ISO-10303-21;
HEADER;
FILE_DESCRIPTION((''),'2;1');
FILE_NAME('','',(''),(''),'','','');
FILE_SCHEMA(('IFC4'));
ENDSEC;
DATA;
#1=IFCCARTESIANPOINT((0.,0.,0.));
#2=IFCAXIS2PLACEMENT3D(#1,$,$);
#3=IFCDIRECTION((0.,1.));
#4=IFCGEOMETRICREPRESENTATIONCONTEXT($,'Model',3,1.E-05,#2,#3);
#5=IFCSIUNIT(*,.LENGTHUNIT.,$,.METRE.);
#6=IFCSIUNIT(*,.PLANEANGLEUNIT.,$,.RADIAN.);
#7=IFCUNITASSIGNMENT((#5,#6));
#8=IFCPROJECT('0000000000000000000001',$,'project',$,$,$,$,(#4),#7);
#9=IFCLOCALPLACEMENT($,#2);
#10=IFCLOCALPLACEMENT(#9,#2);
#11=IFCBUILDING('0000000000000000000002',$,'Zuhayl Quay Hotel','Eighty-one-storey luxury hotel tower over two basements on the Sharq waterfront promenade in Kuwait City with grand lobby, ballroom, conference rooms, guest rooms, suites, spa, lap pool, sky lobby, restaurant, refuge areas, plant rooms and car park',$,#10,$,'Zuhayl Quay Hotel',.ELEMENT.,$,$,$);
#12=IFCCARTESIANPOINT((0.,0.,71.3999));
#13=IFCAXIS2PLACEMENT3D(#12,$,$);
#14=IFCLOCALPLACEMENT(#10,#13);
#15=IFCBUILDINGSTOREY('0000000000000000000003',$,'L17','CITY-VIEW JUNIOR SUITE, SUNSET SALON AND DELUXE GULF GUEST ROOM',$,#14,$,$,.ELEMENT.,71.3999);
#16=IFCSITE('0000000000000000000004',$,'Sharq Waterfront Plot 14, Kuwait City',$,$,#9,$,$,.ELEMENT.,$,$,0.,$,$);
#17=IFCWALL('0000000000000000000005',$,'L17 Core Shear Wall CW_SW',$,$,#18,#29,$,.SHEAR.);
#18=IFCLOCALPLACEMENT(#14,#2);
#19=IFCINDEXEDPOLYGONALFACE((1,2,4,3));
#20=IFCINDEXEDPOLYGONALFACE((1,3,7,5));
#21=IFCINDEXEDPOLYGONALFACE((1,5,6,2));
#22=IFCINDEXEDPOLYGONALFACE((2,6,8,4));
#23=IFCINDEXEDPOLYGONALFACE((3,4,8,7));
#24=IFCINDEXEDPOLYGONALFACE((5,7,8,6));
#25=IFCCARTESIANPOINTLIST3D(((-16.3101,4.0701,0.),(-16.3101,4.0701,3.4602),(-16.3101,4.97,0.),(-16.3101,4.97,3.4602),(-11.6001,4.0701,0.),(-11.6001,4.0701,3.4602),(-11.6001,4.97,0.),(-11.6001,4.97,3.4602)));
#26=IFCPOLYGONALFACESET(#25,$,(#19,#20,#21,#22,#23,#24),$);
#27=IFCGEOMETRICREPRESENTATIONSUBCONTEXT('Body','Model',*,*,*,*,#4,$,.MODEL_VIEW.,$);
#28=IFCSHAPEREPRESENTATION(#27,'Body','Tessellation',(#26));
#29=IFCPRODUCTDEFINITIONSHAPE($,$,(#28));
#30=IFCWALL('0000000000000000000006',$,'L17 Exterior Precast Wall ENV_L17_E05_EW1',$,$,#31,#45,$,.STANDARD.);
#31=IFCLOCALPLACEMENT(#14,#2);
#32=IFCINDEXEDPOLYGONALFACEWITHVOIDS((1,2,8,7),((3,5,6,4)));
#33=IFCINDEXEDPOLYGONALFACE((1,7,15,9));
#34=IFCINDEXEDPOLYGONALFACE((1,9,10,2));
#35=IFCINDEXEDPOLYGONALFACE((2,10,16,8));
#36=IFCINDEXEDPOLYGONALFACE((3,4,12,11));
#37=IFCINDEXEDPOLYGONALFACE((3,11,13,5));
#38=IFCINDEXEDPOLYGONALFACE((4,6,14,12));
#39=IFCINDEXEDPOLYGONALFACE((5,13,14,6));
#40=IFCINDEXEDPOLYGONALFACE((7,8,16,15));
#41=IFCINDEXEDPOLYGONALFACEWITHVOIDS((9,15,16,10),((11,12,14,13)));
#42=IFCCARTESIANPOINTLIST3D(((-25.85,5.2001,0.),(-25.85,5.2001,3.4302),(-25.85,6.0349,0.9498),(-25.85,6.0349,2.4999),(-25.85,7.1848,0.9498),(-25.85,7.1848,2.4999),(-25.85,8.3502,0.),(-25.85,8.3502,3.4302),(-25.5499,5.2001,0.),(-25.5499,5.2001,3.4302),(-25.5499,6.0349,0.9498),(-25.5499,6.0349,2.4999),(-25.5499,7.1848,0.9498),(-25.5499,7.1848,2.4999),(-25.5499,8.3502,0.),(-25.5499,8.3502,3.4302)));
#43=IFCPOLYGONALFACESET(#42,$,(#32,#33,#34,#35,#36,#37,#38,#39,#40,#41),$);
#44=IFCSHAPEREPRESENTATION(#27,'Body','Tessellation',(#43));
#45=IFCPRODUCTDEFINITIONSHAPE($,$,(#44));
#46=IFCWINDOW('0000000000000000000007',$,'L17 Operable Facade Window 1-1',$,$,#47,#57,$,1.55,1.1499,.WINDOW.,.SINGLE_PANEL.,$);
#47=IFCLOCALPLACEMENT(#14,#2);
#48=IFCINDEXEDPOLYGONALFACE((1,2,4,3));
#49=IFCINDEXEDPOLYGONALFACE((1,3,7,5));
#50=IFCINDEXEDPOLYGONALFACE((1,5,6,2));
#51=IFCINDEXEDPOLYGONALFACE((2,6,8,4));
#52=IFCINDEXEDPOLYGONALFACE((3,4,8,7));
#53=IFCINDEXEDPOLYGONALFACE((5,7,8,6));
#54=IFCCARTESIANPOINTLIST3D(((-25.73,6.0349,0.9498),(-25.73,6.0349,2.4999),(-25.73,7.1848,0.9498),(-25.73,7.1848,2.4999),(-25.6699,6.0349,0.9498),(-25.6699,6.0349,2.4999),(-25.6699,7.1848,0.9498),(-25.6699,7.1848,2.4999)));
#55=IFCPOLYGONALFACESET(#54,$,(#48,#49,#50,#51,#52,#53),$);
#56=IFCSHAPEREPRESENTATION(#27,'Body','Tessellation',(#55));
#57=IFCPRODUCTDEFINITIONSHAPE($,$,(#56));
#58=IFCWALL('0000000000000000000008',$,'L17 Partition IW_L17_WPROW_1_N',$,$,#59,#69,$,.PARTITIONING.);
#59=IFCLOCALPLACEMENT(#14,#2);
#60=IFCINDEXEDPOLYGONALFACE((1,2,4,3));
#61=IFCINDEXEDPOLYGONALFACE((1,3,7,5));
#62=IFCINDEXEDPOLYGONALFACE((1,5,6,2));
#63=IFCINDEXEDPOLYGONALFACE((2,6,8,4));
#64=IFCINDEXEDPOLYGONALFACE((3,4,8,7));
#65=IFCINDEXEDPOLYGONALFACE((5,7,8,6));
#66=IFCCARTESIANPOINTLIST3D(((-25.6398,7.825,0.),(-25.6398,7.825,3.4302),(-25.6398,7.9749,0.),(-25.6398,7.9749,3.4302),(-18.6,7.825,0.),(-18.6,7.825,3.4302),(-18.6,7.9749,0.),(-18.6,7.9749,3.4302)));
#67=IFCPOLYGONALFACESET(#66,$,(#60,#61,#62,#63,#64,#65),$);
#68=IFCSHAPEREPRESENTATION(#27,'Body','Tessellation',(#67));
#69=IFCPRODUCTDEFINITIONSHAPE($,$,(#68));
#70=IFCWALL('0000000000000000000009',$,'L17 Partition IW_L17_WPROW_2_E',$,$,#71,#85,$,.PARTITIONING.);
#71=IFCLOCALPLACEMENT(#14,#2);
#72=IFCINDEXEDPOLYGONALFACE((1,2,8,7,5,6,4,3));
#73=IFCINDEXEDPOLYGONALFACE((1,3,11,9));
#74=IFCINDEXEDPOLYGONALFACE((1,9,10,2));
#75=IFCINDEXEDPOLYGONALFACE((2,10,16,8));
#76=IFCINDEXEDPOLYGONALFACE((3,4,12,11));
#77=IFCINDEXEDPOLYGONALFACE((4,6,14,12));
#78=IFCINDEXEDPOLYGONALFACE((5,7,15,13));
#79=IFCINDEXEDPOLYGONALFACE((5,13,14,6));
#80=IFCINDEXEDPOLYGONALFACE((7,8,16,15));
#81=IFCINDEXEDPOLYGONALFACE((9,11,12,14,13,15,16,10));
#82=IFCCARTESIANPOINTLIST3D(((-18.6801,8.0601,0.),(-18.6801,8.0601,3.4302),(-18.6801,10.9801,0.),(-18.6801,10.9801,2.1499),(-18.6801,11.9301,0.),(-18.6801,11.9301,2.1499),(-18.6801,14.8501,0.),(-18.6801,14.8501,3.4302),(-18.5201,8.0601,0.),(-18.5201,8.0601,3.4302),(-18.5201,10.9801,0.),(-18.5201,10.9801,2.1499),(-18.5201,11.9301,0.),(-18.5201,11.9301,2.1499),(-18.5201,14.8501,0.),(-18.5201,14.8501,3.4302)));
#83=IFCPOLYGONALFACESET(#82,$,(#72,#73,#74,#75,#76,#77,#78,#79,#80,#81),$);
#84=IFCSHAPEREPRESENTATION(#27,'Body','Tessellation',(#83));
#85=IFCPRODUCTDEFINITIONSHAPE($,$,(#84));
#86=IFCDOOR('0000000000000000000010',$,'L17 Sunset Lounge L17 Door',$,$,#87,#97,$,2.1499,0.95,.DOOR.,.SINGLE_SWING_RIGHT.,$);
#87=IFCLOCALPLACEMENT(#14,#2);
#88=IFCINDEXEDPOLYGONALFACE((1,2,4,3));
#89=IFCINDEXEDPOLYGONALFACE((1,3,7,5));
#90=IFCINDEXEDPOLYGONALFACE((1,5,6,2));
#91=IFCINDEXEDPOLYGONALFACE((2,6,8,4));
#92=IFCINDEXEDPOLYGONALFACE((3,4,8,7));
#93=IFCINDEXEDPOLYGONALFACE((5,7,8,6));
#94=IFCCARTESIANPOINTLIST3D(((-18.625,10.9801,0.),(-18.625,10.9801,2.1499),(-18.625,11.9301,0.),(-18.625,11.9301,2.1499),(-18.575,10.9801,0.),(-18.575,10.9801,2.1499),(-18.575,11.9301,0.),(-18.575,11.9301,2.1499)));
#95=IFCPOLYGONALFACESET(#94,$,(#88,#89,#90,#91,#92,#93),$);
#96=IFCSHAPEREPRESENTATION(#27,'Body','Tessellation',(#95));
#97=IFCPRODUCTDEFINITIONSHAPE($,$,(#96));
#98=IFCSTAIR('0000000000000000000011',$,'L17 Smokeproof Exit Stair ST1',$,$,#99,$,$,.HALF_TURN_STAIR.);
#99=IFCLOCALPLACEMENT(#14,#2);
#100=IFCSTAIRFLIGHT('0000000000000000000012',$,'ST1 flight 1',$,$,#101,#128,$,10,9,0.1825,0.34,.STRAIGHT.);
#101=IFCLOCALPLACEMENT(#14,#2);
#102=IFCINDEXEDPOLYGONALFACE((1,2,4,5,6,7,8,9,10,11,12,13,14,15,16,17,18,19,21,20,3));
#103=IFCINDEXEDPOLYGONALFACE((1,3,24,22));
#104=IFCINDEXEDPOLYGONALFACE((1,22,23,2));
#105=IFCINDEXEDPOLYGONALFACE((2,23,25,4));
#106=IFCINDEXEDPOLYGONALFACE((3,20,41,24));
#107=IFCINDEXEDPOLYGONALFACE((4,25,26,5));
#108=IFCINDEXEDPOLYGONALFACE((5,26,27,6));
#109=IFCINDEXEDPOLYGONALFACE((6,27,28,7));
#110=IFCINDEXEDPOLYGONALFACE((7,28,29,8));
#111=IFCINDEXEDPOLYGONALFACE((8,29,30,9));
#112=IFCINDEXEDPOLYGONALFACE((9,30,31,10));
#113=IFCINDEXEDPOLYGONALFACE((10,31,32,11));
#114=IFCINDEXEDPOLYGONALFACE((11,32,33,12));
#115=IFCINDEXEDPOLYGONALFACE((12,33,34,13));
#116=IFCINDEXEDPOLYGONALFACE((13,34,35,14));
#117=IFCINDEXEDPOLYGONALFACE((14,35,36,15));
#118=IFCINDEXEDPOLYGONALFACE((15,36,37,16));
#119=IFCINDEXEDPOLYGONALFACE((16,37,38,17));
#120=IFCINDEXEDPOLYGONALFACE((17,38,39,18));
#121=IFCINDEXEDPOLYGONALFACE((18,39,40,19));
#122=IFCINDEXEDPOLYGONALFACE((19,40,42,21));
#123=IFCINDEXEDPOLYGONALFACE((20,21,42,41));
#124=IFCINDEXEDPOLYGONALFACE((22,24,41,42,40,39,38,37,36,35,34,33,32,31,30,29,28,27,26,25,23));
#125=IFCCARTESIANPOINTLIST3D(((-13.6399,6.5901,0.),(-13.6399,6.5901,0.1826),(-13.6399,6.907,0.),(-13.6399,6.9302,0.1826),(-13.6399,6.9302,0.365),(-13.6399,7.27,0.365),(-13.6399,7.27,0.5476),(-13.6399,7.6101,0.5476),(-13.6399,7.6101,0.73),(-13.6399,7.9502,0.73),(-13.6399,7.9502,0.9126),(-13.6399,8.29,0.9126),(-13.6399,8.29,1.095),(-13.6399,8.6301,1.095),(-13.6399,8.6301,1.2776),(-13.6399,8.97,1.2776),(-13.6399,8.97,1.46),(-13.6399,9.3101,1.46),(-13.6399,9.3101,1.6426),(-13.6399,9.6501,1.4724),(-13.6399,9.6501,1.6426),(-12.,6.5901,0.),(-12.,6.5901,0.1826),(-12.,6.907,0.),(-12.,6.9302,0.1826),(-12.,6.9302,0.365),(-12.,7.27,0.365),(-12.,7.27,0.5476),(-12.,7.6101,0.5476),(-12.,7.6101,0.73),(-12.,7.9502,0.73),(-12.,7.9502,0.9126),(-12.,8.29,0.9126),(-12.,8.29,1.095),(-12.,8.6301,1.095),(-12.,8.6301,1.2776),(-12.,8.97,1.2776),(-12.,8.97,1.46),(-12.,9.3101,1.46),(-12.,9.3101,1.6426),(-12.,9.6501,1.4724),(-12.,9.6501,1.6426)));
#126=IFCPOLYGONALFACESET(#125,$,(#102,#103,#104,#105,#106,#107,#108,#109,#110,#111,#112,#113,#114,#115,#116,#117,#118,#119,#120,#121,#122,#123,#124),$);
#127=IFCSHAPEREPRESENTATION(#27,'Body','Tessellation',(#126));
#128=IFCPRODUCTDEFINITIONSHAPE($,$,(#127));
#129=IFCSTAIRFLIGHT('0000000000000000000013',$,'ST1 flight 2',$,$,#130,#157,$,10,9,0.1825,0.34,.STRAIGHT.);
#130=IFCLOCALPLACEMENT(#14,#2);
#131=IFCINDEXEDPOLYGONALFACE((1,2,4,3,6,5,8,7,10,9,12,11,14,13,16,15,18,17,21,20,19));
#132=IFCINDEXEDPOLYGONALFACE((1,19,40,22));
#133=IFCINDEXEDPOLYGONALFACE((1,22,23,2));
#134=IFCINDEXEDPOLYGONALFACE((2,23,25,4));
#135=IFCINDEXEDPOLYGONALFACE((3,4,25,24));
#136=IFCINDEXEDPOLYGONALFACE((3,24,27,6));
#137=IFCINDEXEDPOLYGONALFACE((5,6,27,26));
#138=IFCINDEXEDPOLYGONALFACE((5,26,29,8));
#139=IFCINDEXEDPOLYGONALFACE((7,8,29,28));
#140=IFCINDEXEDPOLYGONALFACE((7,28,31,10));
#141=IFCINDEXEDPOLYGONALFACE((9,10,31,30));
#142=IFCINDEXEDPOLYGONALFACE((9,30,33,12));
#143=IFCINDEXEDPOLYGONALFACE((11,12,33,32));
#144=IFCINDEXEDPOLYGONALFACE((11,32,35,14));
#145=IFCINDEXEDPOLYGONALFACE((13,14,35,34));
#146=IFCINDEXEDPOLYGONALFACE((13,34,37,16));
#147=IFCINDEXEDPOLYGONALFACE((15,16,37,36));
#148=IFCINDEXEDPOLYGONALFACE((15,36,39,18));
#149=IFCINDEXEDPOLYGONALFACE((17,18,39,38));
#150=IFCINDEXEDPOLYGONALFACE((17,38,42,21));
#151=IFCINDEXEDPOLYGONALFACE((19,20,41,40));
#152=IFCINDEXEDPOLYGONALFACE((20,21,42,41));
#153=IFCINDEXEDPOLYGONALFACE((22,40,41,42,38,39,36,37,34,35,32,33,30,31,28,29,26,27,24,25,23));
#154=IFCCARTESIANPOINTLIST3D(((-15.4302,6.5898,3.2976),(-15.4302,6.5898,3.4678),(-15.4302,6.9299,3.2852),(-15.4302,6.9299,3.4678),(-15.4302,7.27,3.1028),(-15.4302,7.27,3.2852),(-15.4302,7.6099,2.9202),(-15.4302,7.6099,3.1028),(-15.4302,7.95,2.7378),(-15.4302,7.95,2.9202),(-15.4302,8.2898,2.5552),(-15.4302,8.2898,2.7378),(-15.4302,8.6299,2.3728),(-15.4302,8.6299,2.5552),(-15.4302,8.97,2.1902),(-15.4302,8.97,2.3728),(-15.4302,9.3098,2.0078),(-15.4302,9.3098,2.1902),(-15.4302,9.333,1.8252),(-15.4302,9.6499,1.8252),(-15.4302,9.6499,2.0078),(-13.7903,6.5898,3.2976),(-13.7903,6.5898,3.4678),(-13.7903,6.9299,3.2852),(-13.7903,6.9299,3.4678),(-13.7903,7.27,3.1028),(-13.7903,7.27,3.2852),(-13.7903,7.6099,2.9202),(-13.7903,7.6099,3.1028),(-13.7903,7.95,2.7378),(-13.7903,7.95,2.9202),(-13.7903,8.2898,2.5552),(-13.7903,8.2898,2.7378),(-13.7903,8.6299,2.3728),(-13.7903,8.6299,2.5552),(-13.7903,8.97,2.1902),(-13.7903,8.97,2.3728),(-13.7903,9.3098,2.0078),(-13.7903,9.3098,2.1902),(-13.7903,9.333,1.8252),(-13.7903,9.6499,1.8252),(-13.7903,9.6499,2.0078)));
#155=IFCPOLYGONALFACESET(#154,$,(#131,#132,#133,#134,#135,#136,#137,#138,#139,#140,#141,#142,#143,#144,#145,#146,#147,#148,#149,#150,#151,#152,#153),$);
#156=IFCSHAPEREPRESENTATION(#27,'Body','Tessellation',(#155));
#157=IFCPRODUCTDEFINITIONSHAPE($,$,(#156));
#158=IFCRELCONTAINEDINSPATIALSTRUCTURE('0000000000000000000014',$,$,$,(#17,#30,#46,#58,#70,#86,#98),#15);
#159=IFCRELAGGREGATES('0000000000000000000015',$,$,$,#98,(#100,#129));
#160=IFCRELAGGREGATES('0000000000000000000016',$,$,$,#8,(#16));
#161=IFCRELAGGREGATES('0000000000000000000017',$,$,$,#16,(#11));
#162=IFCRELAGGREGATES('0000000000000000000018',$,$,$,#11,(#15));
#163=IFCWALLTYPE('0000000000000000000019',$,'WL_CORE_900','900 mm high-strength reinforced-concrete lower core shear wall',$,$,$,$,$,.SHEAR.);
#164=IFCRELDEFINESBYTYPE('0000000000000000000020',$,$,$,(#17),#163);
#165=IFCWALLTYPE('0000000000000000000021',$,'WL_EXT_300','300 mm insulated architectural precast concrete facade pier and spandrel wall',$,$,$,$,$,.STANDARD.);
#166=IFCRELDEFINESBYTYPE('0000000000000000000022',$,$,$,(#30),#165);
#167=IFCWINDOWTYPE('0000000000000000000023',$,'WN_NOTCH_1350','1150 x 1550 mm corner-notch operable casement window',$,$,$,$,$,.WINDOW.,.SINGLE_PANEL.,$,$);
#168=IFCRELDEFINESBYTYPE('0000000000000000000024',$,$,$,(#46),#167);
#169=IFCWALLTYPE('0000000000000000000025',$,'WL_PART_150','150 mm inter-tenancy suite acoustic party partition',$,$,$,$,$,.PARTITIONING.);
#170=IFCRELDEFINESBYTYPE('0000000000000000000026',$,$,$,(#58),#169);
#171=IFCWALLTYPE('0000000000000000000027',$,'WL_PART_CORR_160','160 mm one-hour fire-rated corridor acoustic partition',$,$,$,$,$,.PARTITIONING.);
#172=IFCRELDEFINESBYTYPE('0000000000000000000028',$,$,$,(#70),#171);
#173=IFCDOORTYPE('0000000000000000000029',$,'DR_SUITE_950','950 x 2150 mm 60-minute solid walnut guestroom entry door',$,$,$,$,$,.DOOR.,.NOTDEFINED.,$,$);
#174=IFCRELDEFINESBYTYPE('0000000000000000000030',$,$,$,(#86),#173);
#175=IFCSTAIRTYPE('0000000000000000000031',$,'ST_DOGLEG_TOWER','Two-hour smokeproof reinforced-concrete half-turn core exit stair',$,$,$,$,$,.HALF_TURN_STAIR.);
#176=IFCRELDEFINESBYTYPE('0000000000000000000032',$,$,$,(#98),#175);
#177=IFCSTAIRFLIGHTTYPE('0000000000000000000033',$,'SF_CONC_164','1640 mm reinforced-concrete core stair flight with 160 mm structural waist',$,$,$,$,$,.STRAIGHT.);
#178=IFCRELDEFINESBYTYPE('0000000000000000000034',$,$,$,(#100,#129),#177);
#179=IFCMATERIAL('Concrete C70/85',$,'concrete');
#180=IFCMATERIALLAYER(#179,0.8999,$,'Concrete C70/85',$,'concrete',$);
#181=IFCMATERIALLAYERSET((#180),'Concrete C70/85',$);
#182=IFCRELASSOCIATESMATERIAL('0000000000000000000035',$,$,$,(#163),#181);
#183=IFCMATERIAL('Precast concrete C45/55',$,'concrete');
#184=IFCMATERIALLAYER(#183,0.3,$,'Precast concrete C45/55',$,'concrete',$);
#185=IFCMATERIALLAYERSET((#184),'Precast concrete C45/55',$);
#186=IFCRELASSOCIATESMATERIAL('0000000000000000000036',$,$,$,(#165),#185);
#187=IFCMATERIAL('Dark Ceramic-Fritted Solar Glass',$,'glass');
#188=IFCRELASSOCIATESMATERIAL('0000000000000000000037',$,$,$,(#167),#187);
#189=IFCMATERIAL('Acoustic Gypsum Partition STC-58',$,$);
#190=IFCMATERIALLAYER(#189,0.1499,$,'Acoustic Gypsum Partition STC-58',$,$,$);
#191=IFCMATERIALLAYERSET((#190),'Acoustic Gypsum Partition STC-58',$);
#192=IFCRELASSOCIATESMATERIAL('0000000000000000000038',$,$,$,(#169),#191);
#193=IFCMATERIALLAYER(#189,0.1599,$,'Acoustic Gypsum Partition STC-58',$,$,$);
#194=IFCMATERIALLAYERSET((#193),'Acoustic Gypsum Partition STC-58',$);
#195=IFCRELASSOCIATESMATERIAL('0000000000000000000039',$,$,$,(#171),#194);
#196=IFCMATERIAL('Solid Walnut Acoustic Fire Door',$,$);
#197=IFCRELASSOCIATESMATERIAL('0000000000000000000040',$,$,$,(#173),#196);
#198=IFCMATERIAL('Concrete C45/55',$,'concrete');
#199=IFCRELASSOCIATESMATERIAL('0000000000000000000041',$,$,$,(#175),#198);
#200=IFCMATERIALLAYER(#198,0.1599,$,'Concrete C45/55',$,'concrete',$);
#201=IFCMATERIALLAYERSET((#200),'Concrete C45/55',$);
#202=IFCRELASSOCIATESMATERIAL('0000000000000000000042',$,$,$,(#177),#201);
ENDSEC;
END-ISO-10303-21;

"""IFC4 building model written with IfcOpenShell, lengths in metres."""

from ifc_helpers import new_model, si_unit, direction, frame, frame_2d, origin, place, context, subcontext, project, spatial, polyline, rectangle, outline, extrude, material, layer, layer_set, type_object, element, fill, aggregate, save


model = new_model("IFC4")

# Units and contexts
model_context = context("Model", 3, precision=1e-05, world=origin(), true_north=direction((0.0, 1.0)))
body_context = subcontext(model_context, "Body", "Model", "MODEL_VIEW")
ifc_project = project(units=[si_unit("LENGTHUNIT", "METRE"), si_unit("PLANEANGLEUNIT", "RADIAN")], contexts=[model_context])

# Site, building, storey
site_placement = place(None, origin())
site = spatial("IfcSite", under=ifc_project, at=site_placement, Name="Sharq Waterfront Plot 14, Kuwait City", CompositionType="ELEMENT", RefElevation=0.0)
building_placement = place(site_placement, origin())
building = spatial("IfcBuilding", under=site, at=building_placement, Name="Zuhayl Quay Hotel", Description="Eighty-one-storey luxury hotel tower over two basements on the Sharq waterfront promenade in Kuwait City with grand lobby, ballroom, conference rooms, guest rooms, suites, spa, lap pool, sky lobby, restaurant, refuge areas, plant rooms and car park", LongName="Zuhayl Quay Hotel", CompositionType="ELEMENT")
storey_placement = place(building_placement, frame((0.0, 0.0, 71.3999)))
storey = spatial("IfcBuildingStorey", under=building, at=storey_placement, Name="L17", Description="CITY-VIEW JUNIOR SUITE, SUNSET SALON AND DELUXE GULF GUEST ROOM", CompositionType="ELEMENT", Elevation=71.3999)

# Shared definitions
ifc_material_1 = material(Name="Concrete C70/85", Category="concrete")

# Shared definitions
ifc_material_2 = material(Name="Dark Ceramic-Fritted Solar Glass", Category="glass")

# Wall
ifc_layer_1 = layer(ifc_material_1, 0.8999, Name="Concrete C70/85", Category="concrete")
ifc_layer_set_1 = layer_set([ifc_layer_1], Name="Concrete C70/85")
wall_type_1 = type_object("IfcWallType", Name="WL_CORE_900", Description="900 mm high-strength reinforced-concrete lower core shear wall", PredefinedType="SHEAR", material=ifc_layer_set_1)
wall_1_placement = place(storey_placement, frame((-16.3101, 4.52, 0.0), z_axis=(0.0, 0.0, 1.0), x_axis=(1.0, 0.0, 0.0)))
element("IfcWall", 1, at=wall_1_placement, inside=storey, type_object=wall_type_1, Name="L17 Core Shear Wall CW_SW", PredefinedType="SHEAR", context=body_context, shape_type="SweptSolid", body=[
    extrude(rectangle(XDim=4.71, YDim=0.8999, at=frame_2d((2.355, 0.0))), origin(), (0.0, 0.0, 1.0), 3.4602),
])

# Wall, opening, window
ifc_material_3 = material(Name="Precast concrete C45/55", Category="concrete")
ifc_layer_2 = layer(ifc_material_3, 0.3, Name="Precast concrete C45/55", Category="concrete")
ifc_layer_set_2 = layer_set([ifc_layer_2], Name="Precast concrete C45/55")
wall_type_2 = type_object("IfcWallType", Name="WL_EXT_300", Description="300 mm insulated architectural precast concrete facade pier and spandrel wall", PredefinedType="STANDARD", material=ifc_layer_set_2)
wall_2_placement = place(storey_placement, frame((-25.7, 5.2, 0.0), z_axis=(0.0, 0.0, 1.0), x_axis=(0.0, 1.0, 0.0)))
wall_2 = element("IfcWall", 2, at=wall_2_placement, inside=storey, type_object=wall_type_2, Name="L17 Exterior Precast Wall ENV_L17_E05_EW1", PredefinedType="STANDARD", context=body_context, shape_type="SweptSolid", body=[
    extrude(rectangle(XDim=3.1501, YDim=0.3, at=frame_2d((1.5752, 0.0))), origin(), (0.0, 0.0, 1.0), 3.4302),
])
opening_1_placement = place(wall_2_placement, frame((0.835, 0.0, 0.95)))
opening_1 = element("IfcOpeningElement", 3, at=opening_1_placement, cuts=wall_2, PredefinedType="OPENING", context=body_context, shape_type="SweptSolid", body=[
    extrude(rectangle(XDim=1.1499, YDim=1.55, at=frame_2d((0.575, 0.7749))), frame((0.0, 0.1599, 0.0), z_axis=(0.0, -1.0, 0.0), x_axis=(1.0, 0.0, 0.0)), (0.0, 0.0, 1.0), 0.3201),
])
window_type = type_object("IfcWindowType", Name="WN_NOTCH_1350", Description="1150 x 1550 mm corner-notch operable casement window", PartitioningType="SINGLE_PANEL", PredefinedType="WINDOW", material=ifc_material_2)
window_placement = place(opening_1_placement, origin())
window = element("IfcWindow", 4, at=window_placement, inside=storey, type_object=window_type, Name="L17 Operable Facade Window 1-1", OverallHeight=1.55, OverallWidth=1.1499, PartitioningType="SINGLE_PANEL", PredefinedType="WINDOW", context=body_context, shape_type="SweptSolid", body=[
    extrude(rectangle(XDim=1.1499, YDim=1.55, at=frame_2d((0.575, 0.7749))), frame((0.0, 0.03, 0.0), z_axis=(0.0, -1.0, 0.0), x_axis=(1.0, 0.0, 0.0)), (0.0, 0.0, 1.0), 0.0601),
])
fill(opening_1, window)

# Wall
ifc_material_4 = material(Name="Acoustic Gypsum Partition STC-58")
ifc_layer_3 = layer(ifc_material_4, 0.1499, Name="Acoustic Gypsum Partition STC-58")
ifc_layer_set_3 = layer_set([ifc_layer_3], Name="Acoustic Gypsum Partition STC-58")
wall_type_3 = type_object("IfcWallType", Name="WL_PART_150", Description="150 mm inter-tenancy suite acoustic party partition", PredefinedType="PARTITIONING", material=ifc_layer_set_3)
wall_3_placement = place(storey_placement, frame((-25.6399, 7.8999, 0.0), z_axis=(0.0, 0.0, 1.0), x_axis=(1.0, 0.0, 0.0)))
element("IfcWall", 5, at=wall_3_placement, inside=storey, type_object=wall_type_3, Name="L17 Partition IW_L17_WPROW_1_N", PredefinedType="PARTITIONING", context=body_context, shape_type="SweptSolid", body=[
    extrude(rectangle(XDim=7.0398, YDim=0.1499, at=frame_2d((3.52, 0.0))), origin(), (0.0, 0.0, 1.0), 3.4302),
])

# Wall, opening, door
ifc_layer_4 = layer(ifc_material_4, 0.1599, Name="Acoustic Gypsum Partition STC-58")
ifc_layer_set_4 = layer_set([ifc_layer_4], Name="Acoustic Gypsum Partition STC-58")
wall_type_4 = type_object("IfcWallType", Name="WL_PART_CORR_160", Description="160 mm one-hour fire-rated corridor acoustic partition", PredefinedType="PARTITIONING", material=ifc_layer_set_4)
wall_4_placement = place(storey_placement, frame((-18.6001, 8.0601, 0.0), z_axis=(0.0, 0.0, 1.0), x_axis=(0.0, 1.0, 0.0)))
wall_4 = element("IfcWall", 6, at=wall_4_placement, inside=storey, type_object=wall_type_4, Name="L17 Partition IW_L17_WPROW_2_E", PredefinedType="PARTITIONING", context=body_context, shape_type="SweptSolid", body=[
    extrude(rectangle(XDim=6.79, YDim=0.1599, at=frame_2d((3.395, 0.0))), origin(), (0.0, 0.0, 1.0), 3.4302),
])
opening_2_placement = place(wall_4_placement, frame((2.9199, 0.0, 0.0)))
opening_2 = element("IfcOpeningElement", 7, at=opening_2_placement, cuts=wall_4, PredefinedType="OPENING", context=body_context, shape_type="SweptSolid", body=[
    extrude(rectangle(XDim=0.95, YDim=2.1499, at=frame_2d((0.4751, 1.075))), frame((0.0, 0.0898, 0.0), z_axis=(0.0, -1.0, 0.0), x_axis=(1.0, 0.0, 0.0)), (0.0, 0.0, 1.0), 0.1799),
])
ifc_material_5 = material(Name="Solid Walnut Acoustic Fire Door")
door_type = type_object("IfcDoorType", Name="DR_SUITE_950", Description="950 x 2150 mm 60-minute solid walnut guestroom entry door", OperationType="NOTDEFINED", PredefinedType="DOOR", material=ifc_material_5)
door_placement = place(opening_2_placement, origin())
door = element("IfcDoor", 8, at=door_placement, inside=storey, type_object=door_type, Name="L17 Sunset Lounge L17 Door", OperationType="SINGLE_SWING_RIGHT", OverallHeight=2.1499, OverallWidth=0.95, PredefinedType="DOOR", context=body_context, shape_type="SweptSolid", body=[
    extrude(rectangle(XDim=0.95, YDim=2.1499, at=frame_2d((0.4751, 1.075))), frame((0.0, 0.0249, 0.0), z_axis=(0.0, -1.0, 0.0), x_axis=(1.0, 0.0, 0.0)), (0.0, 0.0, 1.0), 0.05),
])
fill(opening_2, door)

# Stair, stair flights
ifc_material_6 = material(Name="Concrete C45/55", Category="concrete")
stair_type = type_object("IfcStairType", Name="ST_DOGLEG_TOWER", Description="Two-hour smokeproof reinforced-concrete half-turn core exit stair", PredefinedType="HALF_TURN_STAIR", material=ifc_material_6)
stair_placement = place(storey_placement, origin())
stair = element("IfcStair", 9, at=stair_placement, inside=storey, type_object=stair_type, Name="L17 Smokeproof Exit Stair ST1", PredefinedType="HALF_TURN_STAIR")
ifc_layer_5 = layer(ifc_material_6, 0.1599, Name="Concrete C45/55", Category="concrete")
ifc_layer_set_5 = layer_set([ifc_layer_5], Name="Concrete C45/55")
stair_flight_type = type_object("IfcStairFlightType", Name="SF_CONC_164", Description="1640 mm reinforced-concrete core stair flight with 160 mm structural waist", PredefinedType="STRAIGHT", material=ifc_layer_set_5)
stair_flight_1_placement = place(storey_placement, frame((-12.8201, 6.5901, 0.0), z_axis=(0.0, 0.0, 1.0), x_axis=(0.0, 1.0, 0.0)))
stair_flight_1 = element("IfcStairFlight", 10, at=stair_flight_1_placement, type_object=stair_flight_type, Name="ST1 flight 1", NumberOfRisers=10, NumberOfTreads=9, PredefinedType="STRAIGHT", RiserHeight=0.1825, TreadLength=0.34, context=body_context, shape_type="SweptSolid", body=[
    extrude(outline(polyline([(0.0, 0.0), (0.0, 0.1826), (0.3401, 0.1826), (0.3401, 0.365), (0.6799, 0.365), (0.6799, 0.5476), (1.02, 0.5476), (1.02, 0.73), (1.3601, 0.73), (1.3601, 0.9126), (1.7, 0.9126), (1.7, 1.095), (2.04, 1.095), (2.04, 1.2776), (2.3799, 1.2776), (2.3799, 1.46), (2.72, 1.46), (2.72, 1.6426), (3.0601, 1.6426), (3.0601, 1.825), (3.0601, 1.4724), (0.3169, 0.0), (0.0, 0.0)])), frame((0.0, 0.8198, 0.0), z_axis=(0.0, -1.0, 0.0), x_axis=(1.0, 0.0, 0.0)), (0.0, 0.0, 1.0), 1.6399),
])
stair_flight_2_placement = place(storey_placement, frame((-14.6101, 9.6499, 1.8252), z_axis=(0.0, 0.0, 1.0), x_axis=(0.0, -1.0, 0.0)))
stair_flight_2 = element("IfcStairFlight", 11, at=stair_flight_2_placement, type_object=stair_flight_type, Name="ST1 flight 2", NumberOfRisers=10, NumberOfTreads=9, PredefinedType="STRAIGHT", RiserHeight=0.1825, TreadLength=0.34, context=body_context, shape_type="SweptSolid", body=[
    extrude(outline(polyline([(0.0, 0.0), (0.0, 0.1826), (0.3401, 0.1826), (0.3401, 0.365), (0.6799, 0.365), (0.6799, 0.5476), (1.02, 0.5476), (1.02, 0.73), (1.3601, 0.73), (1.3601, 0.9126), (1.7, 0.9126), (1.7, 1.095), (2.04, 1.095), (2.04, 1.2776), (2.3799, 1.2776), (2.3799, 1.46), (2.72, 1.46), (2.72, 1.6426), (3.0601, 1.6426), (3.0601, 1.825), (3.0601, 1.4724), (0.3169, 0.0), (0.0, 0.0)])), frame((0.0, 0.8198, 0.0), z_axis=(0.0, -1.0, 0.0), x_axis=(1.0, 0.0, 0.0)), (0.0, 0.0, 1.0), 1.6399),
])
aggregate(stair, [stair_flight_1, stair_flight_2])

save(model, "model.ifc")
